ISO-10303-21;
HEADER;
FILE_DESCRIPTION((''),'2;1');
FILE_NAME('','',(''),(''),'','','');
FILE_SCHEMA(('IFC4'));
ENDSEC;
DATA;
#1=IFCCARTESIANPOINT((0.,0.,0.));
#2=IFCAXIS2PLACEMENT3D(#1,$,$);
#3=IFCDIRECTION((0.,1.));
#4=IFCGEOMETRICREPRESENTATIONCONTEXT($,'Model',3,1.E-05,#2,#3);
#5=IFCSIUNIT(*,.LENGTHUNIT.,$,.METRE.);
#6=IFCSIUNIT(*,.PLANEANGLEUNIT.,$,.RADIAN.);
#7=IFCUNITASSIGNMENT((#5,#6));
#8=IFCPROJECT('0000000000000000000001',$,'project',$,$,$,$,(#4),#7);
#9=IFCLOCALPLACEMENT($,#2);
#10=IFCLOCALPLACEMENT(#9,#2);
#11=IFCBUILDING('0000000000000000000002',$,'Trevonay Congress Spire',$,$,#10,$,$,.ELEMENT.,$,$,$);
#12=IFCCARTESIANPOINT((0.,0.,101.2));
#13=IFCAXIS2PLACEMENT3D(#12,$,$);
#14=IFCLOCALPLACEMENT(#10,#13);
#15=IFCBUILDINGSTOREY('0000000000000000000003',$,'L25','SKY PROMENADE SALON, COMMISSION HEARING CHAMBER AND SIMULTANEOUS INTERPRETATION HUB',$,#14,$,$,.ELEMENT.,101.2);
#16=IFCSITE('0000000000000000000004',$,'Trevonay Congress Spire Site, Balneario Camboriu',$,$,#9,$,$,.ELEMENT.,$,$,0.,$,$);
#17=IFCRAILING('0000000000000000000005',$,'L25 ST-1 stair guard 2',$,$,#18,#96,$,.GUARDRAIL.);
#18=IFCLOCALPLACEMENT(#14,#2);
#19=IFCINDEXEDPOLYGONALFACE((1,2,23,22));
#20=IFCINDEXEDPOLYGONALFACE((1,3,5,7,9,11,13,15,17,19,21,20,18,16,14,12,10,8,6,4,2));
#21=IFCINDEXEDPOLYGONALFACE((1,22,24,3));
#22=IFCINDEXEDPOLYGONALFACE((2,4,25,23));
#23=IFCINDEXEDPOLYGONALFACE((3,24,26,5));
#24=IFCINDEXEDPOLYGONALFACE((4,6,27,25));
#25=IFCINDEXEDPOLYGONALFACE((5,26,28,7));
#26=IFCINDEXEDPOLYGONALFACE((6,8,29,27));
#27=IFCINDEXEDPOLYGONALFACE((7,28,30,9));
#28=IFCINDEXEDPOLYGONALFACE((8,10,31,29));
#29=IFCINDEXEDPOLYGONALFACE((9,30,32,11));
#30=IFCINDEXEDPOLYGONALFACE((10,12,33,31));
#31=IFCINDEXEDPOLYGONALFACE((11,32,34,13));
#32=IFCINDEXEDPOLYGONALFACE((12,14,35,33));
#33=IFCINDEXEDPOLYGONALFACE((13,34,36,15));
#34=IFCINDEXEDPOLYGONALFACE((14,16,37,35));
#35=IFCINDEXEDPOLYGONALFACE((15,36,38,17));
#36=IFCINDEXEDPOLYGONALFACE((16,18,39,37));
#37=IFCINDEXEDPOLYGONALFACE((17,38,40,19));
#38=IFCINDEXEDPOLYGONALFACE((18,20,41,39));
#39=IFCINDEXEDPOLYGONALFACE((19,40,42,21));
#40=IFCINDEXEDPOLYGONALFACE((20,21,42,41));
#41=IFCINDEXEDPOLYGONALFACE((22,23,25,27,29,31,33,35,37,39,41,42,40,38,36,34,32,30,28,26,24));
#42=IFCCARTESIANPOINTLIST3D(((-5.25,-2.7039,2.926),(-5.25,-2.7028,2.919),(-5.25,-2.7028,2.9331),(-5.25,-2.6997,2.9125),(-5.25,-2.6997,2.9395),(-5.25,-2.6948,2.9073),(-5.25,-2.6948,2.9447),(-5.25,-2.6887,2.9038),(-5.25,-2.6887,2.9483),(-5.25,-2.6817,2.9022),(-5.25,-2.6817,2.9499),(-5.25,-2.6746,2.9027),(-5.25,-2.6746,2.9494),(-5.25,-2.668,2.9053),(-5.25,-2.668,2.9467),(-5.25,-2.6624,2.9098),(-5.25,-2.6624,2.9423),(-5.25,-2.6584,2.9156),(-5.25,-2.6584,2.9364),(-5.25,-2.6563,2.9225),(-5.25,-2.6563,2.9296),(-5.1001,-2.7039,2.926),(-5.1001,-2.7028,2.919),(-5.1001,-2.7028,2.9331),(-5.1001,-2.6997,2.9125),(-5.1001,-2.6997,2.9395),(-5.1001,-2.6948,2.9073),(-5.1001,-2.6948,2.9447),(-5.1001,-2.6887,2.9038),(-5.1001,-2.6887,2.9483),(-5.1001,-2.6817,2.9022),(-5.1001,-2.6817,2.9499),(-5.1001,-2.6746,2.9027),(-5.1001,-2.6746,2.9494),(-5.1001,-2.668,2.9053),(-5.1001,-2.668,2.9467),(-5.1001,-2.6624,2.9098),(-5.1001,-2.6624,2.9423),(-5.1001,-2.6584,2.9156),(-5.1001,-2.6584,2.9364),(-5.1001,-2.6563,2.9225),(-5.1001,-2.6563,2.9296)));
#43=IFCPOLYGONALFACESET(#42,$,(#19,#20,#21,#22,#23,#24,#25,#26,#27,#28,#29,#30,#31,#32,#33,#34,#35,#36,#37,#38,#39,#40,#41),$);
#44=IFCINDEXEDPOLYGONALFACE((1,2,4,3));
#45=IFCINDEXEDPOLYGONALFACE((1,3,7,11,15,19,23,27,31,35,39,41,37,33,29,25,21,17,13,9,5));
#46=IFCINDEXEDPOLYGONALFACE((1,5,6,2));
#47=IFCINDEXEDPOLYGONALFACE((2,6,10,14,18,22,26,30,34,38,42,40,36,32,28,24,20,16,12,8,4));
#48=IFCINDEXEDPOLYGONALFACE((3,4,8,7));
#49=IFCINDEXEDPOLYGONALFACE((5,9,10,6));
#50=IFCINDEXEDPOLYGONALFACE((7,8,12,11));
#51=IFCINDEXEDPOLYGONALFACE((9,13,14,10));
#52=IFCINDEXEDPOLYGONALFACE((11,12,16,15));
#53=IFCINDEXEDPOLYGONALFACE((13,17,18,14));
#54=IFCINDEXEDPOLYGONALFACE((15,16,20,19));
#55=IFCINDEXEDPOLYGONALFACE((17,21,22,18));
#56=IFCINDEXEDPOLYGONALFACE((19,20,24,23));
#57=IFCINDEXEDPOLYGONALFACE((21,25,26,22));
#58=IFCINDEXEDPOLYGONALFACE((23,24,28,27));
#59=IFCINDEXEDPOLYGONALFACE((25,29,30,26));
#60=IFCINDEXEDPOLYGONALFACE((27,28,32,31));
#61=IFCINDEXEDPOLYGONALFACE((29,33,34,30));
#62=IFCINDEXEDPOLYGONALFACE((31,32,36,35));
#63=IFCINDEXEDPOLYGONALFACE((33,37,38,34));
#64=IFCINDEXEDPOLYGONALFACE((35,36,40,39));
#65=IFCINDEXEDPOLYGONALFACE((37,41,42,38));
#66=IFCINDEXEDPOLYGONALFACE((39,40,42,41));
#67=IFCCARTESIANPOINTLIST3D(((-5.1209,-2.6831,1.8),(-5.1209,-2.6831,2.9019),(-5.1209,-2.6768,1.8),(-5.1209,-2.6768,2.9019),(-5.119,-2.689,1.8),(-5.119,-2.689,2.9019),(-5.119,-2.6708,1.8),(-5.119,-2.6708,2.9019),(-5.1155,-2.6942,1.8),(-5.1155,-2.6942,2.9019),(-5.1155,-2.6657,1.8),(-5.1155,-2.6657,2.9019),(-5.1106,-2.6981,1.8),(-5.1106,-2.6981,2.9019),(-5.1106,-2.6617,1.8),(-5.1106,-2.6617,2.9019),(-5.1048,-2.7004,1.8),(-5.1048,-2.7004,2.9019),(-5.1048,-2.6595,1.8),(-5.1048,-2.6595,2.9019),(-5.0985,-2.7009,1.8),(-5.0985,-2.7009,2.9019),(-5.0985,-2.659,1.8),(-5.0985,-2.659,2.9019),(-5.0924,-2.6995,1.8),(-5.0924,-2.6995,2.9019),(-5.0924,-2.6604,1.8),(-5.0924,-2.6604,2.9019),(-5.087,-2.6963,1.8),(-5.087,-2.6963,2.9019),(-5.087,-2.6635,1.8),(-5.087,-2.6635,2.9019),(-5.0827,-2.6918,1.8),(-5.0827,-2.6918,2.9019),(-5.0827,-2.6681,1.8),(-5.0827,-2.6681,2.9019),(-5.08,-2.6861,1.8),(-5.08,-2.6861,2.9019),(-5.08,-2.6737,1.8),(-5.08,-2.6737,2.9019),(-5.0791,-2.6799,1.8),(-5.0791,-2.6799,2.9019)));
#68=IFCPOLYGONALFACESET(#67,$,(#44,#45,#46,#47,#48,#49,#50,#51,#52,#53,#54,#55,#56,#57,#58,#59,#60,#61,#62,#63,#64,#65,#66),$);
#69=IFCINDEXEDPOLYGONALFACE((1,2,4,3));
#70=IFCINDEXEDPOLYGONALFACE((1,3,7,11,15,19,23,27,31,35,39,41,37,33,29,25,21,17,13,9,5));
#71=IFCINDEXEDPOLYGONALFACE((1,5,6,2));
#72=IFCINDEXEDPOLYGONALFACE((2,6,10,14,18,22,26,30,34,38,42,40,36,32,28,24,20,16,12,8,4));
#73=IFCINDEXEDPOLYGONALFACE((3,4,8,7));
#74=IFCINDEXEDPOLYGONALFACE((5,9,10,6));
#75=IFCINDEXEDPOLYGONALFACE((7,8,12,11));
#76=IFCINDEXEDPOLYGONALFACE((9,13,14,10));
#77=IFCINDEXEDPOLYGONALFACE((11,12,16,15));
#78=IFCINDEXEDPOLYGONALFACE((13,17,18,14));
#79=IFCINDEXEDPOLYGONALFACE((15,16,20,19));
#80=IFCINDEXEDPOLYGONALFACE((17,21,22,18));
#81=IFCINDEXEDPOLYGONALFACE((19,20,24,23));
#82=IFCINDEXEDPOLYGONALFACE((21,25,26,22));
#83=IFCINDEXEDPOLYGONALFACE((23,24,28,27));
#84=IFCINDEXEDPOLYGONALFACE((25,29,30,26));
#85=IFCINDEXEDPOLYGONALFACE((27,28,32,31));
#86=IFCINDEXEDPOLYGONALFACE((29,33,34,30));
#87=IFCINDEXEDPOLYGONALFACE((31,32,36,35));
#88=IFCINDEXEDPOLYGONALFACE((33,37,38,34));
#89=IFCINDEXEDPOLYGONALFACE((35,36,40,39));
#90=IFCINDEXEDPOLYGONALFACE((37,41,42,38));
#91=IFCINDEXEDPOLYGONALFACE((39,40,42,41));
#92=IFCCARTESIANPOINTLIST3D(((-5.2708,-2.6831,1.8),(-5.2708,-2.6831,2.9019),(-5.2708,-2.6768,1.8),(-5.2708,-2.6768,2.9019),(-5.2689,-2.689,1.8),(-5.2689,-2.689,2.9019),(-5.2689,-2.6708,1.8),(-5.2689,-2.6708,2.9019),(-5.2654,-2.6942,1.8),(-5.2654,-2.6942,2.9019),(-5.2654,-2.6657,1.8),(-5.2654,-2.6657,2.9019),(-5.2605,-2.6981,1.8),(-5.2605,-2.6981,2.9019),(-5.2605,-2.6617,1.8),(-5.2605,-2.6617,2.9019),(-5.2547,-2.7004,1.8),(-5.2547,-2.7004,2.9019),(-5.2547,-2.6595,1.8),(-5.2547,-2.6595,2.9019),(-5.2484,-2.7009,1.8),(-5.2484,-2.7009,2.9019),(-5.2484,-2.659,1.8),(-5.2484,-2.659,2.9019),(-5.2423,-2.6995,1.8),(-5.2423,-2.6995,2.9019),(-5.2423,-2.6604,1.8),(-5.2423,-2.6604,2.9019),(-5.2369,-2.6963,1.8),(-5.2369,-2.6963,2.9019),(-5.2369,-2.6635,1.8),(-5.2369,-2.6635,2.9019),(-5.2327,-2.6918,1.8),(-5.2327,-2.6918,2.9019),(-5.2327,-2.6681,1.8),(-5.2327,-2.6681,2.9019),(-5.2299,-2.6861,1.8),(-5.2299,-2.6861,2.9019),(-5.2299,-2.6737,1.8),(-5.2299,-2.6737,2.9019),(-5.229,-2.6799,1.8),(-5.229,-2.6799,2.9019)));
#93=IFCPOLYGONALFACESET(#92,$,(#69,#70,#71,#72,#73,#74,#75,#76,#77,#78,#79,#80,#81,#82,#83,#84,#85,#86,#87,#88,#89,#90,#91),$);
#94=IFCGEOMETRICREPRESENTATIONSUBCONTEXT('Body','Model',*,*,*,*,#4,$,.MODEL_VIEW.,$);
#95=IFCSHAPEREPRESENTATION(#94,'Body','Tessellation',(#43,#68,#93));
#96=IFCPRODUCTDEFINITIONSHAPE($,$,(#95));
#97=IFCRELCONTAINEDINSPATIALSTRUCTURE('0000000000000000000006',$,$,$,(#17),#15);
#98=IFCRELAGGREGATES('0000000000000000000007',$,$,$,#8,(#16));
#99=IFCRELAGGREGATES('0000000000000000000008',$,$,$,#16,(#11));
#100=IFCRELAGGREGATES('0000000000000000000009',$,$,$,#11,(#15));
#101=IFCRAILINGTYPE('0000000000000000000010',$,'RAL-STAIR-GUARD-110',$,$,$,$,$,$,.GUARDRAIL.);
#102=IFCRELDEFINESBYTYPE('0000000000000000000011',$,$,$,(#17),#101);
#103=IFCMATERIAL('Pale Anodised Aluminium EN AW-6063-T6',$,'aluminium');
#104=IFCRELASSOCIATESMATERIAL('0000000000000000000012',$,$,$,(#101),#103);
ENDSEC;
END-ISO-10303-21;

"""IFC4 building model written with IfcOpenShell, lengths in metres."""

from ifc_helpers import new_model, si_unit, direction, frame, origin, origin_2d, place, context, subcontext, project, spatial, circle, extrude, material, type_object, element, save


model = new_model("IFC4")

# Units and contexts
model_context = context("Model", 3, precision=1e-05, world=origin(), true_north=direction((0.0, 1.0)))
body_context = subcontext(model_context, "Body", "Model", "MODEL_VIEW")
ifc_project = project(units=[si_unit("LENGTHUNIT", "METRE"), si_unit("PLANEANGLEUNIT", "RADIAN")], contexts=[model_context])

# Site, building, storey
site_placement = place(None, origin())
site = spatial("IfcSite", under=ifc_project, at=site_placement, Name="Trevonay Congress Spire Site, Balneario Camboriu", CompositionType="ELEMENT", RefElevation=0.0)
building_placement = place(site_placement, origin())
building = spatial("IfcBuilding", under=site, at=building_placement, Name="Trevonay Congress Spire", CompositionType="ELEMENT")
storey_placement = place(building_placement, frame((0.0, 0.0, 101.2)))
storey = spatial("IfcBuildingStorey", under=building, at=storey_placement, Name="L25", Description="SKY PROMENADE SALON, COMMISSION HEARING CHAMBER AND SIMULTANEOUS INTERPRETATION HUB", CompositionType="ELEMENT", Elevation=101.2)

# Shared definitions
ifc_material_1 = material(Name="Pale Anodised Aluminium EN AW-6063-T6", Category="aluminium")

# Railing
railing_type_1 = type_object("IfcRailingType", Name="RAL-STAIR-GUARD-110", PredefinedType="GUARDRAIL", material=ifc_material_1)
railing_1_placement = place(storey_placement, frame((-5.1001, -2.6799, 1.8)))
element("IfcRailing", 1, at=railing_1_placement, inside=storey, type_object=railing_type_1, Name="L25 ST-1 stair guard 2", PredefinedType="GUARDRAIL", context=body_context, shape_type="SweptSolid", body=[
    extrude(circle(Radius=0.0239, at=origin_2d()), frame((0.0, 0.0, 1.126), z_axis=(-1.0, 0.0, 0.0), x_axis=(0.0, -1.0, 0.0)), (0.0, 0.0, 1.0), 0.1499),
    extrude(circle(Radius=0.021, at=origin_2d()), origin(), (0.0, 0.0, 1.0), 1.1018),
    extrude(circle(Radius=0.021, at=origin_2d()), frame((-0.1499, 0.0, 0.0)), (0.0, 0.0, 1.0), 1.1018),
])

save(model, "model.ifc")
